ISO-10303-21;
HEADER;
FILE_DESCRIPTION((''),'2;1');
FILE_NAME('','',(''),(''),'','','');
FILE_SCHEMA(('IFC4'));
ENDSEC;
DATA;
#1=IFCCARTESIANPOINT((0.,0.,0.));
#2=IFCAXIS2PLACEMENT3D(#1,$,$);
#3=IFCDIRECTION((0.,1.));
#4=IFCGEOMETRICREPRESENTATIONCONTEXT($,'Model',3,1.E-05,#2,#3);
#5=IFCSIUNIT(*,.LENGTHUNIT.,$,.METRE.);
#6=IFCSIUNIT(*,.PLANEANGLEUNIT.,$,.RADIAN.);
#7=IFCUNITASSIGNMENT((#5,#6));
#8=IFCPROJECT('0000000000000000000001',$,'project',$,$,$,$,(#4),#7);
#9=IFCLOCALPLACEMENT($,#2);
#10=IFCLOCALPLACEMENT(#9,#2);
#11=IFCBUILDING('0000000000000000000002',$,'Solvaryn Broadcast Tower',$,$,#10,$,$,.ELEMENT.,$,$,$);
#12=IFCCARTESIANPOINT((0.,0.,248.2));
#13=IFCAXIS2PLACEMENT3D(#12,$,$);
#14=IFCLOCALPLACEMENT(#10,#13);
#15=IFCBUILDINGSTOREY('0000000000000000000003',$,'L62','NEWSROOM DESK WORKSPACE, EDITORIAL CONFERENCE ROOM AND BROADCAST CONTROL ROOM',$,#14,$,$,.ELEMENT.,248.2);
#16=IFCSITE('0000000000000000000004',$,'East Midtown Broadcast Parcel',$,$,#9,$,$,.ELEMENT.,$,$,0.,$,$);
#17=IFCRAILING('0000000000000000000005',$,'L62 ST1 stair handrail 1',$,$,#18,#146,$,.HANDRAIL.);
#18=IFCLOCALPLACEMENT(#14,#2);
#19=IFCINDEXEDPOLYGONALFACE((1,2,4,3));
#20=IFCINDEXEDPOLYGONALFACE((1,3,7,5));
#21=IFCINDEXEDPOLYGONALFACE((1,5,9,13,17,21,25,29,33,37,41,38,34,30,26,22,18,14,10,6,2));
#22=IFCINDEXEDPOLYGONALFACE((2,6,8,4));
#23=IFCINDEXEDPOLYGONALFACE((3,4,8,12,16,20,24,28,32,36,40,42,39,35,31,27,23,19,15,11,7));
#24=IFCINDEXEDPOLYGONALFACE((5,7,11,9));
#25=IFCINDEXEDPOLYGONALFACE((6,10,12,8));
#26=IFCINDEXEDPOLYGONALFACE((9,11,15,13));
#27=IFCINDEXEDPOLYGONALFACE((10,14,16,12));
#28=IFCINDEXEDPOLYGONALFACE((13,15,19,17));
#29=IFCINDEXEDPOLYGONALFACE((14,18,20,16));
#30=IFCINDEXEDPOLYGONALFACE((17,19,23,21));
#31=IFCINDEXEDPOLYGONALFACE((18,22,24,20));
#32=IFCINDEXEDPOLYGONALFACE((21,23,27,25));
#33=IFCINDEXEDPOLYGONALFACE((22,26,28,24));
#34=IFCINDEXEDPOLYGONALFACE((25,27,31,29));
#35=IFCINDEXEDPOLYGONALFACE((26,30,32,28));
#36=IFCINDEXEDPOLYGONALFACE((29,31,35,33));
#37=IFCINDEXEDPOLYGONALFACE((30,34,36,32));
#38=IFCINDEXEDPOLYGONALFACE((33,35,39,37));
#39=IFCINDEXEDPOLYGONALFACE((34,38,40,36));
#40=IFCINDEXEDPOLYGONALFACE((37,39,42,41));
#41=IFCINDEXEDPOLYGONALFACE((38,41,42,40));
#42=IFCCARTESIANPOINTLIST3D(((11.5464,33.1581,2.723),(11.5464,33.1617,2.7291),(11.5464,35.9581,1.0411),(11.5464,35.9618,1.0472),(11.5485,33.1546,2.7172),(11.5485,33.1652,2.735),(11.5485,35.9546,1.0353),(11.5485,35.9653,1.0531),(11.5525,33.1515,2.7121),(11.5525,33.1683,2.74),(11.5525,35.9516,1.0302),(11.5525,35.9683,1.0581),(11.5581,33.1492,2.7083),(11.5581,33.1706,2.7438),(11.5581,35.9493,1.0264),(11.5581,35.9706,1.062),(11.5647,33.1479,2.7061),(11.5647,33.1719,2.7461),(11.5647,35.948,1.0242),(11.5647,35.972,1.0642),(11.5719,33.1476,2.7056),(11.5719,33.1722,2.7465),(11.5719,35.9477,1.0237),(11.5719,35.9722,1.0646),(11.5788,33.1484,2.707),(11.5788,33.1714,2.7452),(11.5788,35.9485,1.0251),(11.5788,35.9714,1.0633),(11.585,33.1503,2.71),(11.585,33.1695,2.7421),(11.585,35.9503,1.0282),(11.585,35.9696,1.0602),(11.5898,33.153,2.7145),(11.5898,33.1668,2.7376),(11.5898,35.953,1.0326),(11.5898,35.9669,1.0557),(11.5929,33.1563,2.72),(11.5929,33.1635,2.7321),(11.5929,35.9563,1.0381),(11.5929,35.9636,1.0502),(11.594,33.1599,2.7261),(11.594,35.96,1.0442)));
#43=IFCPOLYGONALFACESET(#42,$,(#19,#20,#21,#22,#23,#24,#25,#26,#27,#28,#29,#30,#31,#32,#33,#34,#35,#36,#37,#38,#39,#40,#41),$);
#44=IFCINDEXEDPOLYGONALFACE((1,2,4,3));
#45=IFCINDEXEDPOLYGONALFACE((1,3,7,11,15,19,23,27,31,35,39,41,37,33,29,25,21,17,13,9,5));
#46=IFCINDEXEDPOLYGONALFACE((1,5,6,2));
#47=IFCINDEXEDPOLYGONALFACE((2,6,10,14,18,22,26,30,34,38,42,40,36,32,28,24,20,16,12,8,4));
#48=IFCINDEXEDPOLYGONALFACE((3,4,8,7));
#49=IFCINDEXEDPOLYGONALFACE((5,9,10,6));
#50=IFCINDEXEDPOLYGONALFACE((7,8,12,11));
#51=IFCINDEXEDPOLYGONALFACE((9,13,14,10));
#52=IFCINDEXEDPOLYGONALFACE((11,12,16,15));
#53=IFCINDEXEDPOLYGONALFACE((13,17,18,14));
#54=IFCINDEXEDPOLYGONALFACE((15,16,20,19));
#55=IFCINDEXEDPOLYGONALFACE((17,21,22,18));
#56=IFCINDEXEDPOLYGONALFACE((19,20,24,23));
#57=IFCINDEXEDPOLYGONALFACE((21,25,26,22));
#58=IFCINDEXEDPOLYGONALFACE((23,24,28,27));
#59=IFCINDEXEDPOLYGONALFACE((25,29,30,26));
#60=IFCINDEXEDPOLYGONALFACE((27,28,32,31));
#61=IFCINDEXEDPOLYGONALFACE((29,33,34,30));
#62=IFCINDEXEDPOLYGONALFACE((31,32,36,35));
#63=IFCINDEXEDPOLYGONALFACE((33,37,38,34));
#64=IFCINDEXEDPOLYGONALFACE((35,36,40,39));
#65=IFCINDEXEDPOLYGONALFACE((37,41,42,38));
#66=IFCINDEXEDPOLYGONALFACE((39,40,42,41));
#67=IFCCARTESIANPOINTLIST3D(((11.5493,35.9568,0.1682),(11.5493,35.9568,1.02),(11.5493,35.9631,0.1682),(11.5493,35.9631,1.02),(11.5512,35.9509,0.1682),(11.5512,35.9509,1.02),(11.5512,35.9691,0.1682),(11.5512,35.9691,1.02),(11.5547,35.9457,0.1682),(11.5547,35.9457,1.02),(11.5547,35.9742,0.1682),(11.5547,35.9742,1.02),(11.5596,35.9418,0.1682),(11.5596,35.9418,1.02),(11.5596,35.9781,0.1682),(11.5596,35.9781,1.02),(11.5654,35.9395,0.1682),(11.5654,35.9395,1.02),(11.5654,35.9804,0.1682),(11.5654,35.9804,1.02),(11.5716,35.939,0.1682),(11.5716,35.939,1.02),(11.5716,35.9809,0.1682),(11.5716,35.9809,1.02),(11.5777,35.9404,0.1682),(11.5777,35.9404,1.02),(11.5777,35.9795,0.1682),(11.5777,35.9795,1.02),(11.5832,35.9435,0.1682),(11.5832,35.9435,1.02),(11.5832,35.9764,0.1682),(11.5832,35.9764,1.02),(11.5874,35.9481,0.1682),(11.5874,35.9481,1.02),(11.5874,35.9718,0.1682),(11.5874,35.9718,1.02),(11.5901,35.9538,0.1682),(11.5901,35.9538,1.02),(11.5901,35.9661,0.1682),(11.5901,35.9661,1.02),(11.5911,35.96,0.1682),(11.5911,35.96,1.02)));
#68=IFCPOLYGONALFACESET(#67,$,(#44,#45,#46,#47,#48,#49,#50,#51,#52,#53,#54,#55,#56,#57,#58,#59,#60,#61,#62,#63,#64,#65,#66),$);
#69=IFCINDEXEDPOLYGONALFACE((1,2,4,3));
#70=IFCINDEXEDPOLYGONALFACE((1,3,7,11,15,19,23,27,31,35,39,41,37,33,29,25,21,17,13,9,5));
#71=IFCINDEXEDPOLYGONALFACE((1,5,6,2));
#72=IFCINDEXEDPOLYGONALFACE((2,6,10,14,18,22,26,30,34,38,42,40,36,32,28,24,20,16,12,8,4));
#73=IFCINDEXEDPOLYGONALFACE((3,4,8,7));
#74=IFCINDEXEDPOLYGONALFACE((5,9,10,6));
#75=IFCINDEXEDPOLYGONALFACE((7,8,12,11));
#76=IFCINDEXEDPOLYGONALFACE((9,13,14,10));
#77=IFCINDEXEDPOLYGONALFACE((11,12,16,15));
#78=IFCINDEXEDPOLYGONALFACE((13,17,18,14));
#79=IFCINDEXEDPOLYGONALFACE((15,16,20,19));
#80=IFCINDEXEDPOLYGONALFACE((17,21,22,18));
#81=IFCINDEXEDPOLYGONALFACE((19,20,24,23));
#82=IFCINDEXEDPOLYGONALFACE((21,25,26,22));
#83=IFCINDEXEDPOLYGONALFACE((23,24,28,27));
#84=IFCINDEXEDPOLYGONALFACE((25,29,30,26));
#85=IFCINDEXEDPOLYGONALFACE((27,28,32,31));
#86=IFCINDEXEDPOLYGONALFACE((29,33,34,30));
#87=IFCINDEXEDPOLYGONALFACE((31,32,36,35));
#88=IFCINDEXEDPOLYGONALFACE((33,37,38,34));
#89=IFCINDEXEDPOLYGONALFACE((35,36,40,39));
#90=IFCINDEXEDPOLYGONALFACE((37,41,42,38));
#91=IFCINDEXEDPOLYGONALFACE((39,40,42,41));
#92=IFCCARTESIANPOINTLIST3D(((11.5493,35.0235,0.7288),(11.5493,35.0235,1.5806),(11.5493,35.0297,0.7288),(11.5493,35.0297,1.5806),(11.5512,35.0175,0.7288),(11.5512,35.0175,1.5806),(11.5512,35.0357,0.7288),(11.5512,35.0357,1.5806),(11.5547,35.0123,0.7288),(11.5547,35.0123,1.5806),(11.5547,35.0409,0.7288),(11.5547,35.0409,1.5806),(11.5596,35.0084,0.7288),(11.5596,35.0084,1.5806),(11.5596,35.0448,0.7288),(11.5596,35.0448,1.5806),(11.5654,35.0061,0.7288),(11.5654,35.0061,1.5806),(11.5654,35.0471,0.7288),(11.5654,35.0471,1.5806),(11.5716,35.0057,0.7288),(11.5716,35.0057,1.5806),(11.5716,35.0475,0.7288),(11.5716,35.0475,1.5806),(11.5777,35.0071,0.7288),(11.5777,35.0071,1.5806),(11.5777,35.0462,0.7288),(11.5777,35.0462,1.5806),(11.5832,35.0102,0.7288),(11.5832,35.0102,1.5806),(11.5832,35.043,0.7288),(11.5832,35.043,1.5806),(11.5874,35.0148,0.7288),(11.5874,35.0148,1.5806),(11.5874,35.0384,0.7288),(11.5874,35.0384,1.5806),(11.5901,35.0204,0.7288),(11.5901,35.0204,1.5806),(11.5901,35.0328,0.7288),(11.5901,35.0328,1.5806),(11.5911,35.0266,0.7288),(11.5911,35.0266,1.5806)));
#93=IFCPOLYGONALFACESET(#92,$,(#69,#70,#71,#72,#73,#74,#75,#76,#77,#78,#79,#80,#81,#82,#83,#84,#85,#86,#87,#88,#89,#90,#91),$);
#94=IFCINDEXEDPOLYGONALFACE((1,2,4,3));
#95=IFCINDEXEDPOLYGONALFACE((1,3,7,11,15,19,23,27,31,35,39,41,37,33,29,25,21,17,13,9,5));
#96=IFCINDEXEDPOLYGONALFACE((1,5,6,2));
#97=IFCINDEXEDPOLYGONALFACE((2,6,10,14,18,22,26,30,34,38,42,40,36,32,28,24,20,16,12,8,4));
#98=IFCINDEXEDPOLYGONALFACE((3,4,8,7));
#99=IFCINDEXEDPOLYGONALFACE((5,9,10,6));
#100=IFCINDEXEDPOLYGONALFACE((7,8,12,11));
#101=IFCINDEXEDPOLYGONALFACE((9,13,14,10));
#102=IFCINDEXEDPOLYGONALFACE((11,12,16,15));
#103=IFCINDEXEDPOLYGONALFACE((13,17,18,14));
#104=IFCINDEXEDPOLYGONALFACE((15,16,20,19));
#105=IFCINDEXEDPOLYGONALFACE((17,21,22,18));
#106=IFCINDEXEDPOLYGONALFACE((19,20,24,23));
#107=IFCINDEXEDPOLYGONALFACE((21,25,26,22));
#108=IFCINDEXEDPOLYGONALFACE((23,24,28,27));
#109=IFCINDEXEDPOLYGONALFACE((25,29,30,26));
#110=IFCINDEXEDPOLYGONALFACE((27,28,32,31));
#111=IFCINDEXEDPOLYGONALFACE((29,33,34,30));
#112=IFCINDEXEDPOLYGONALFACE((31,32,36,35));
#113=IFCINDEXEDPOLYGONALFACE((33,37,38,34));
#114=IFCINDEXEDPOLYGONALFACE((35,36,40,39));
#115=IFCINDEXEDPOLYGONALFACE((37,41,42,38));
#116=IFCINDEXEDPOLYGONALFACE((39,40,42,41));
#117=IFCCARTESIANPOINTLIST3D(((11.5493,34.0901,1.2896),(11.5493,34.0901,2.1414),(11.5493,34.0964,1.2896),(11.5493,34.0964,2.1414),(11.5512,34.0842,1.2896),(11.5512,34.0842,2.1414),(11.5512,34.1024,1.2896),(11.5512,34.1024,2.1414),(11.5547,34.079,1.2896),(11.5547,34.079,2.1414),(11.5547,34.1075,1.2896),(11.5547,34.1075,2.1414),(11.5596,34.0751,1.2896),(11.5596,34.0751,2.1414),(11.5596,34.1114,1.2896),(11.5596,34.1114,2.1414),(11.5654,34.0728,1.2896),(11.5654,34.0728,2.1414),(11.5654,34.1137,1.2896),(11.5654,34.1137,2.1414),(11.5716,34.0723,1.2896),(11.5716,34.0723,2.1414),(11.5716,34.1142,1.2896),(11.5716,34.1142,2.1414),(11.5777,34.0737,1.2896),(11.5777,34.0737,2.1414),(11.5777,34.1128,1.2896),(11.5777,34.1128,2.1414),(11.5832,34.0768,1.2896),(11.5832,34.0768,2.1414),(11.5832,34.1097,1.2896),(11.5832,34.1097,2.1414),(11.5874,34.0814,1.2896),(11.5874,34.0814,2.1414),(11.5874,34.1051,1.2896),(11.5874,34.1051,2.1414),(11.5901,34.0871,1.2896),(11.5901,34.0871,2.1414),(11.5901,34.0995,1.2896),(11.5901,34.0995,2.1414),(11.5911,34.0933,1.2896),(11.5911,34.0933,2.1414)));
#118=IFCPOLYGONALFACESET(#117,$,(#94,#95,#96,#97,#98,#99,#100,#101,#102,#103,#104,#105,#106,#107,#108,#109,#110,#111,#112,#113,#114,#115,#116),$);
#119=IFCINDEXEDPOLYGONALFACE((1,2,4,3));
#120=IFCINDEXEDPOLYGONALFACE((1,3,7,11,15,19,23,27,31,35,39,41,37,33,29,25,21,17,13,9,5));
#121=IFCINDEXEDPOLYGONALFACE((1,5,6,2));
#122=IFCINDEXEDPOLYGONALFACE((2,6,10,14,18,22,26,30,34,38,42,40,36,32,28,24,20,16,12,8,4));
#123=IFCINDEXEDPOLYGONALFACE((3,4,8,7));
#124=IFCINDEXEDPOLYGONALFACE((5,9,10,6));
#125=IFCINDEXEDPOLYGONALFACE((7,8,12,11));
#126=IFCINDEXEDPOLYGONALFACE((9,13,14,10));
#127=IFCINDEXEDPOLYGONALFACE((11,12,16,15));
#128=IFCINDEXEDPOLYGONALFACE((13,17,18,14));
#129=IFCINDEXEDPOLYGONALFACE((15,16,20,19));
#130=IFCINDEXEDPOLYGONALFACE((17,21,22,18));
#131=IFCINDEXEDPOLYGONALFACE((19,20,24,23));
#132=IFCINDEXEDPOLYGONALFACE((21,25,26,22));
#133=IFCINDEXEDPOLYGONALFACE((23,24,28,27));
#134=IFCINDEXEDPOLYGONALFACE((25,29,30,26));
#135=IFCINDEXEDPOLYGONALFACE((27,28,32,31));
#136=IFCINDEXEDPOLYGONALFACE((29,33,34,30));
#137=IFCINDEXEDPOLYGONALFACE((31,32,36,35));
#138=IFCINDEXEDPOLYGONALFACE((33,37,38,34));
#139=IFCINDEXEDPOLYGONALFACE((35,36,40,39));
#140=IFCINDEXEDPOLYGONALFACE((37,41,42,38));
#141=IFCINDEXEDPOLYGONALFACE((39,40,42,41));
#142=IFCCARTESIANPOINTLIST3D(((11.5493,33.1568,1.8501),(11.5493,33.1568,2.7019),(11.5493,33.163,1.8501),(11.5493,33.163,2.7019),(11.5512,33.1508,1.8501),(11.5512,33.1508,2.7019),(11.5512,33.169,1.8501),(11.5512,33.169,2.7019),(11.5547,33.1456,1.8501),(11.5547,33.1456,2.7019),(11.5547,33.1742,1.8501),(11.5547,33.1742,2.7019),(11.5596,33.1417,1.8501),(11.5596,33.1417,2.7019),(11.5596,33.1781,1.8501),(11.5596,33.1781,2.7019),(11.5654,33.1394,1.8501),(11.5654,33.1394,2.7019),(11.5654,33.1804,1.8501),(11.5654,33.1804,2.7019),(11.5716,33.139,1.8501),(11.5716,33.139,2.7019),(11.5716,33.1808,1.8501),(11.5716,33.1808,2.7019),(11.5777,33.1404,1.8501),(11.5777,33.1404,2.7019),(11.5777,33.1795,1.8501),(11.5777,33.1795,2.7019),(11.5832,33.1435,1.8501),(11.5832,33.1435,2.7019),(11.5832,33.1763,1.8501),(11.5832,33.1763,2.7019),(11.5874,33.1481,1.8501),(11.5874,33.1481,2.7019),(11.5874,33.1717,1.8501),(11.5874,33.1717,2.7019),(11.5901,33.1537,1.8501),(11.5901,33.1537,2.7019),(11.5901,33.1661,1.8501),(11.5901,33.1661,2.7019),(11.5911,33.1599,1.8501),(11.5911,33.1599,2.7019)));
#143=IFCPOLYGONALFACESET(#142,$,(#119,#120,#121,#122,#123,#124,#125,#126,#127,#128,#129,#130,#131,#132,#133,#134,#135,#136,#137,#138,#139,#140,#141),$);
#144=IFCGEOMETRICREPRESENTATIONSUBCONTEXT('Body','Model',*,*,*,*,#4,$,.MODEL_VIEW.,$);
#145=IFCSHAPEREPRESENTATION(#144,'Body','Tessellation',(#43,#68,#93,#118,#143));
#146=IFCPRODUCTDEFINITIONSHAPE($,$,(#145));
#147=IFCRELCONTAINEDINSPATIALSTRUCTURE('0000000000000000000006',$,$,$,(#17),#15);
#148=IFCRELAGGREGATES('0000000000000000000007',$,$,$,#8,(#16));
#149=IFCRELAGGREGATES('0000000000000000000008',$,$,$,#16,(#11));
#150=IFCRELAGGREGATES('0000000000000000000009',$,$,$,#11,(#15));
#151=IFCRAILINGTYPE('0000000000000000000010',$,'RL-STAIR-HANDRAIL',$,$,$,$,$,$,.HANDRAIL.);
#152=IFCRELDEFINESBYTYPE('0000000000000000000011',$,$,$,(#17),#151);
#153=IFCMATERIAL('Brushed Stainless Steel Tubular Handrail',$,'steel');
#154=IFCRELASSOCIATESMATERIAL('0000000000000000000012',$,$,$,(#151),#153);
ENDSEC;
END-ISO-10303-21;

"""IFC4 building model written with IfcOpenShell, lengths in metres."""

from ifc_helpers import new_model, si_unit, direction, frame, origin, origin_2d, place, context, subcontext, project, spatial, circle, extrude, material, type_object, element, save


model = new_model("IFC4")

# Units and contexts
model_context = context("Model", 3, precision=1e-05, world=origin(), true_north=direction((0.0, 1.0)))
body_context = subcontext(model_context, "Body", "Model", "MODEL_VIEW")
ifc_project = project(units=[si_unit("LENGTHUNIT", "METRE"), si_unit("PLANEANGLEUNIT", "RADIAN")], contexts=[model_context])

# Site, building, storey
site_placement = place(None, origin())
site = spatial("IfcSite", under=ifc_project, at=site_placement, Name="East Midtown Broadcast Parcel", CompositionType="ELEMENT", RefElevation=0.0)
building_placement = place(site_placement, origin())
building = spatial("IfcBuilding", under=site, at=building_placement, Name="Solvaryn Broadcast Tower", CompositionType="ELEMENT")
storey_placement = place(building_placement, frame((0.0, 0.0, 248.2)))
storey = spatial("IfcBuildingStorey", under=building, at=storey_placement, Name="L62", Description="NEWSROOM DESK WORKSPACE, EDITORIAL CONFERENCE ROOM AND BROADCAST CONTROL ROOM", CompositionType="ELEMENT", Elevation=248.2)

# Railing
ifc_material_1 = material(Name="Brushed Stainless Steel Tubular Handrail", Category="steel")
railing_type_1 = type_object("IfcRailingType", Name="RL-STAIR-HANDRAIL", PredefinedType="HANDRAIL", material=ifc_material_1)
railing_1_placement = place(storey_placement, frame((11.5701, 35.96, 0.1682)))
element("IfcRailing", 1, at=railing_1_placement, inside=storey, type_object=railing_type_1, Name="L62 ST1 stair handrail 1", PredefinedType="HANDRAIL", context=body_context, shape_type="SweptSolid", body=[
    extrude(circle(Radius=0.0239, at=origin_2d()), frame((0.0, 0.0, 0.876), z_axis=(0.0, -0.857242, 0.514913), x_axis=(1.0, 0.0, 0.0)), (0.0, 0.0, 1.0), 3.2664),
    extrude(circle(Radius=0.021, at=origin_2d()), origin(), (0.0, 0.0, 1.0), 0.8518),
    extrude(circle(Radius=0.021, at=origin_2d()), frame((0.0, -0.9333, 0.5605)), (0.0, 0.0, 1.0), 0.8518),
    extrude(circle(Radius=0.021, at=origin_2d()), frame((0.0, -1.8667, 1.1213)), (0.0, 0.0, 1.0), 0.8518),
    extrude(circle(Radius=0.021, at=origin_2d()), frame((0.0, -2.8, 1.6819)), (0.0, 0.0, 1.0), 0.8518),
])

save(model, "model.ifc")
